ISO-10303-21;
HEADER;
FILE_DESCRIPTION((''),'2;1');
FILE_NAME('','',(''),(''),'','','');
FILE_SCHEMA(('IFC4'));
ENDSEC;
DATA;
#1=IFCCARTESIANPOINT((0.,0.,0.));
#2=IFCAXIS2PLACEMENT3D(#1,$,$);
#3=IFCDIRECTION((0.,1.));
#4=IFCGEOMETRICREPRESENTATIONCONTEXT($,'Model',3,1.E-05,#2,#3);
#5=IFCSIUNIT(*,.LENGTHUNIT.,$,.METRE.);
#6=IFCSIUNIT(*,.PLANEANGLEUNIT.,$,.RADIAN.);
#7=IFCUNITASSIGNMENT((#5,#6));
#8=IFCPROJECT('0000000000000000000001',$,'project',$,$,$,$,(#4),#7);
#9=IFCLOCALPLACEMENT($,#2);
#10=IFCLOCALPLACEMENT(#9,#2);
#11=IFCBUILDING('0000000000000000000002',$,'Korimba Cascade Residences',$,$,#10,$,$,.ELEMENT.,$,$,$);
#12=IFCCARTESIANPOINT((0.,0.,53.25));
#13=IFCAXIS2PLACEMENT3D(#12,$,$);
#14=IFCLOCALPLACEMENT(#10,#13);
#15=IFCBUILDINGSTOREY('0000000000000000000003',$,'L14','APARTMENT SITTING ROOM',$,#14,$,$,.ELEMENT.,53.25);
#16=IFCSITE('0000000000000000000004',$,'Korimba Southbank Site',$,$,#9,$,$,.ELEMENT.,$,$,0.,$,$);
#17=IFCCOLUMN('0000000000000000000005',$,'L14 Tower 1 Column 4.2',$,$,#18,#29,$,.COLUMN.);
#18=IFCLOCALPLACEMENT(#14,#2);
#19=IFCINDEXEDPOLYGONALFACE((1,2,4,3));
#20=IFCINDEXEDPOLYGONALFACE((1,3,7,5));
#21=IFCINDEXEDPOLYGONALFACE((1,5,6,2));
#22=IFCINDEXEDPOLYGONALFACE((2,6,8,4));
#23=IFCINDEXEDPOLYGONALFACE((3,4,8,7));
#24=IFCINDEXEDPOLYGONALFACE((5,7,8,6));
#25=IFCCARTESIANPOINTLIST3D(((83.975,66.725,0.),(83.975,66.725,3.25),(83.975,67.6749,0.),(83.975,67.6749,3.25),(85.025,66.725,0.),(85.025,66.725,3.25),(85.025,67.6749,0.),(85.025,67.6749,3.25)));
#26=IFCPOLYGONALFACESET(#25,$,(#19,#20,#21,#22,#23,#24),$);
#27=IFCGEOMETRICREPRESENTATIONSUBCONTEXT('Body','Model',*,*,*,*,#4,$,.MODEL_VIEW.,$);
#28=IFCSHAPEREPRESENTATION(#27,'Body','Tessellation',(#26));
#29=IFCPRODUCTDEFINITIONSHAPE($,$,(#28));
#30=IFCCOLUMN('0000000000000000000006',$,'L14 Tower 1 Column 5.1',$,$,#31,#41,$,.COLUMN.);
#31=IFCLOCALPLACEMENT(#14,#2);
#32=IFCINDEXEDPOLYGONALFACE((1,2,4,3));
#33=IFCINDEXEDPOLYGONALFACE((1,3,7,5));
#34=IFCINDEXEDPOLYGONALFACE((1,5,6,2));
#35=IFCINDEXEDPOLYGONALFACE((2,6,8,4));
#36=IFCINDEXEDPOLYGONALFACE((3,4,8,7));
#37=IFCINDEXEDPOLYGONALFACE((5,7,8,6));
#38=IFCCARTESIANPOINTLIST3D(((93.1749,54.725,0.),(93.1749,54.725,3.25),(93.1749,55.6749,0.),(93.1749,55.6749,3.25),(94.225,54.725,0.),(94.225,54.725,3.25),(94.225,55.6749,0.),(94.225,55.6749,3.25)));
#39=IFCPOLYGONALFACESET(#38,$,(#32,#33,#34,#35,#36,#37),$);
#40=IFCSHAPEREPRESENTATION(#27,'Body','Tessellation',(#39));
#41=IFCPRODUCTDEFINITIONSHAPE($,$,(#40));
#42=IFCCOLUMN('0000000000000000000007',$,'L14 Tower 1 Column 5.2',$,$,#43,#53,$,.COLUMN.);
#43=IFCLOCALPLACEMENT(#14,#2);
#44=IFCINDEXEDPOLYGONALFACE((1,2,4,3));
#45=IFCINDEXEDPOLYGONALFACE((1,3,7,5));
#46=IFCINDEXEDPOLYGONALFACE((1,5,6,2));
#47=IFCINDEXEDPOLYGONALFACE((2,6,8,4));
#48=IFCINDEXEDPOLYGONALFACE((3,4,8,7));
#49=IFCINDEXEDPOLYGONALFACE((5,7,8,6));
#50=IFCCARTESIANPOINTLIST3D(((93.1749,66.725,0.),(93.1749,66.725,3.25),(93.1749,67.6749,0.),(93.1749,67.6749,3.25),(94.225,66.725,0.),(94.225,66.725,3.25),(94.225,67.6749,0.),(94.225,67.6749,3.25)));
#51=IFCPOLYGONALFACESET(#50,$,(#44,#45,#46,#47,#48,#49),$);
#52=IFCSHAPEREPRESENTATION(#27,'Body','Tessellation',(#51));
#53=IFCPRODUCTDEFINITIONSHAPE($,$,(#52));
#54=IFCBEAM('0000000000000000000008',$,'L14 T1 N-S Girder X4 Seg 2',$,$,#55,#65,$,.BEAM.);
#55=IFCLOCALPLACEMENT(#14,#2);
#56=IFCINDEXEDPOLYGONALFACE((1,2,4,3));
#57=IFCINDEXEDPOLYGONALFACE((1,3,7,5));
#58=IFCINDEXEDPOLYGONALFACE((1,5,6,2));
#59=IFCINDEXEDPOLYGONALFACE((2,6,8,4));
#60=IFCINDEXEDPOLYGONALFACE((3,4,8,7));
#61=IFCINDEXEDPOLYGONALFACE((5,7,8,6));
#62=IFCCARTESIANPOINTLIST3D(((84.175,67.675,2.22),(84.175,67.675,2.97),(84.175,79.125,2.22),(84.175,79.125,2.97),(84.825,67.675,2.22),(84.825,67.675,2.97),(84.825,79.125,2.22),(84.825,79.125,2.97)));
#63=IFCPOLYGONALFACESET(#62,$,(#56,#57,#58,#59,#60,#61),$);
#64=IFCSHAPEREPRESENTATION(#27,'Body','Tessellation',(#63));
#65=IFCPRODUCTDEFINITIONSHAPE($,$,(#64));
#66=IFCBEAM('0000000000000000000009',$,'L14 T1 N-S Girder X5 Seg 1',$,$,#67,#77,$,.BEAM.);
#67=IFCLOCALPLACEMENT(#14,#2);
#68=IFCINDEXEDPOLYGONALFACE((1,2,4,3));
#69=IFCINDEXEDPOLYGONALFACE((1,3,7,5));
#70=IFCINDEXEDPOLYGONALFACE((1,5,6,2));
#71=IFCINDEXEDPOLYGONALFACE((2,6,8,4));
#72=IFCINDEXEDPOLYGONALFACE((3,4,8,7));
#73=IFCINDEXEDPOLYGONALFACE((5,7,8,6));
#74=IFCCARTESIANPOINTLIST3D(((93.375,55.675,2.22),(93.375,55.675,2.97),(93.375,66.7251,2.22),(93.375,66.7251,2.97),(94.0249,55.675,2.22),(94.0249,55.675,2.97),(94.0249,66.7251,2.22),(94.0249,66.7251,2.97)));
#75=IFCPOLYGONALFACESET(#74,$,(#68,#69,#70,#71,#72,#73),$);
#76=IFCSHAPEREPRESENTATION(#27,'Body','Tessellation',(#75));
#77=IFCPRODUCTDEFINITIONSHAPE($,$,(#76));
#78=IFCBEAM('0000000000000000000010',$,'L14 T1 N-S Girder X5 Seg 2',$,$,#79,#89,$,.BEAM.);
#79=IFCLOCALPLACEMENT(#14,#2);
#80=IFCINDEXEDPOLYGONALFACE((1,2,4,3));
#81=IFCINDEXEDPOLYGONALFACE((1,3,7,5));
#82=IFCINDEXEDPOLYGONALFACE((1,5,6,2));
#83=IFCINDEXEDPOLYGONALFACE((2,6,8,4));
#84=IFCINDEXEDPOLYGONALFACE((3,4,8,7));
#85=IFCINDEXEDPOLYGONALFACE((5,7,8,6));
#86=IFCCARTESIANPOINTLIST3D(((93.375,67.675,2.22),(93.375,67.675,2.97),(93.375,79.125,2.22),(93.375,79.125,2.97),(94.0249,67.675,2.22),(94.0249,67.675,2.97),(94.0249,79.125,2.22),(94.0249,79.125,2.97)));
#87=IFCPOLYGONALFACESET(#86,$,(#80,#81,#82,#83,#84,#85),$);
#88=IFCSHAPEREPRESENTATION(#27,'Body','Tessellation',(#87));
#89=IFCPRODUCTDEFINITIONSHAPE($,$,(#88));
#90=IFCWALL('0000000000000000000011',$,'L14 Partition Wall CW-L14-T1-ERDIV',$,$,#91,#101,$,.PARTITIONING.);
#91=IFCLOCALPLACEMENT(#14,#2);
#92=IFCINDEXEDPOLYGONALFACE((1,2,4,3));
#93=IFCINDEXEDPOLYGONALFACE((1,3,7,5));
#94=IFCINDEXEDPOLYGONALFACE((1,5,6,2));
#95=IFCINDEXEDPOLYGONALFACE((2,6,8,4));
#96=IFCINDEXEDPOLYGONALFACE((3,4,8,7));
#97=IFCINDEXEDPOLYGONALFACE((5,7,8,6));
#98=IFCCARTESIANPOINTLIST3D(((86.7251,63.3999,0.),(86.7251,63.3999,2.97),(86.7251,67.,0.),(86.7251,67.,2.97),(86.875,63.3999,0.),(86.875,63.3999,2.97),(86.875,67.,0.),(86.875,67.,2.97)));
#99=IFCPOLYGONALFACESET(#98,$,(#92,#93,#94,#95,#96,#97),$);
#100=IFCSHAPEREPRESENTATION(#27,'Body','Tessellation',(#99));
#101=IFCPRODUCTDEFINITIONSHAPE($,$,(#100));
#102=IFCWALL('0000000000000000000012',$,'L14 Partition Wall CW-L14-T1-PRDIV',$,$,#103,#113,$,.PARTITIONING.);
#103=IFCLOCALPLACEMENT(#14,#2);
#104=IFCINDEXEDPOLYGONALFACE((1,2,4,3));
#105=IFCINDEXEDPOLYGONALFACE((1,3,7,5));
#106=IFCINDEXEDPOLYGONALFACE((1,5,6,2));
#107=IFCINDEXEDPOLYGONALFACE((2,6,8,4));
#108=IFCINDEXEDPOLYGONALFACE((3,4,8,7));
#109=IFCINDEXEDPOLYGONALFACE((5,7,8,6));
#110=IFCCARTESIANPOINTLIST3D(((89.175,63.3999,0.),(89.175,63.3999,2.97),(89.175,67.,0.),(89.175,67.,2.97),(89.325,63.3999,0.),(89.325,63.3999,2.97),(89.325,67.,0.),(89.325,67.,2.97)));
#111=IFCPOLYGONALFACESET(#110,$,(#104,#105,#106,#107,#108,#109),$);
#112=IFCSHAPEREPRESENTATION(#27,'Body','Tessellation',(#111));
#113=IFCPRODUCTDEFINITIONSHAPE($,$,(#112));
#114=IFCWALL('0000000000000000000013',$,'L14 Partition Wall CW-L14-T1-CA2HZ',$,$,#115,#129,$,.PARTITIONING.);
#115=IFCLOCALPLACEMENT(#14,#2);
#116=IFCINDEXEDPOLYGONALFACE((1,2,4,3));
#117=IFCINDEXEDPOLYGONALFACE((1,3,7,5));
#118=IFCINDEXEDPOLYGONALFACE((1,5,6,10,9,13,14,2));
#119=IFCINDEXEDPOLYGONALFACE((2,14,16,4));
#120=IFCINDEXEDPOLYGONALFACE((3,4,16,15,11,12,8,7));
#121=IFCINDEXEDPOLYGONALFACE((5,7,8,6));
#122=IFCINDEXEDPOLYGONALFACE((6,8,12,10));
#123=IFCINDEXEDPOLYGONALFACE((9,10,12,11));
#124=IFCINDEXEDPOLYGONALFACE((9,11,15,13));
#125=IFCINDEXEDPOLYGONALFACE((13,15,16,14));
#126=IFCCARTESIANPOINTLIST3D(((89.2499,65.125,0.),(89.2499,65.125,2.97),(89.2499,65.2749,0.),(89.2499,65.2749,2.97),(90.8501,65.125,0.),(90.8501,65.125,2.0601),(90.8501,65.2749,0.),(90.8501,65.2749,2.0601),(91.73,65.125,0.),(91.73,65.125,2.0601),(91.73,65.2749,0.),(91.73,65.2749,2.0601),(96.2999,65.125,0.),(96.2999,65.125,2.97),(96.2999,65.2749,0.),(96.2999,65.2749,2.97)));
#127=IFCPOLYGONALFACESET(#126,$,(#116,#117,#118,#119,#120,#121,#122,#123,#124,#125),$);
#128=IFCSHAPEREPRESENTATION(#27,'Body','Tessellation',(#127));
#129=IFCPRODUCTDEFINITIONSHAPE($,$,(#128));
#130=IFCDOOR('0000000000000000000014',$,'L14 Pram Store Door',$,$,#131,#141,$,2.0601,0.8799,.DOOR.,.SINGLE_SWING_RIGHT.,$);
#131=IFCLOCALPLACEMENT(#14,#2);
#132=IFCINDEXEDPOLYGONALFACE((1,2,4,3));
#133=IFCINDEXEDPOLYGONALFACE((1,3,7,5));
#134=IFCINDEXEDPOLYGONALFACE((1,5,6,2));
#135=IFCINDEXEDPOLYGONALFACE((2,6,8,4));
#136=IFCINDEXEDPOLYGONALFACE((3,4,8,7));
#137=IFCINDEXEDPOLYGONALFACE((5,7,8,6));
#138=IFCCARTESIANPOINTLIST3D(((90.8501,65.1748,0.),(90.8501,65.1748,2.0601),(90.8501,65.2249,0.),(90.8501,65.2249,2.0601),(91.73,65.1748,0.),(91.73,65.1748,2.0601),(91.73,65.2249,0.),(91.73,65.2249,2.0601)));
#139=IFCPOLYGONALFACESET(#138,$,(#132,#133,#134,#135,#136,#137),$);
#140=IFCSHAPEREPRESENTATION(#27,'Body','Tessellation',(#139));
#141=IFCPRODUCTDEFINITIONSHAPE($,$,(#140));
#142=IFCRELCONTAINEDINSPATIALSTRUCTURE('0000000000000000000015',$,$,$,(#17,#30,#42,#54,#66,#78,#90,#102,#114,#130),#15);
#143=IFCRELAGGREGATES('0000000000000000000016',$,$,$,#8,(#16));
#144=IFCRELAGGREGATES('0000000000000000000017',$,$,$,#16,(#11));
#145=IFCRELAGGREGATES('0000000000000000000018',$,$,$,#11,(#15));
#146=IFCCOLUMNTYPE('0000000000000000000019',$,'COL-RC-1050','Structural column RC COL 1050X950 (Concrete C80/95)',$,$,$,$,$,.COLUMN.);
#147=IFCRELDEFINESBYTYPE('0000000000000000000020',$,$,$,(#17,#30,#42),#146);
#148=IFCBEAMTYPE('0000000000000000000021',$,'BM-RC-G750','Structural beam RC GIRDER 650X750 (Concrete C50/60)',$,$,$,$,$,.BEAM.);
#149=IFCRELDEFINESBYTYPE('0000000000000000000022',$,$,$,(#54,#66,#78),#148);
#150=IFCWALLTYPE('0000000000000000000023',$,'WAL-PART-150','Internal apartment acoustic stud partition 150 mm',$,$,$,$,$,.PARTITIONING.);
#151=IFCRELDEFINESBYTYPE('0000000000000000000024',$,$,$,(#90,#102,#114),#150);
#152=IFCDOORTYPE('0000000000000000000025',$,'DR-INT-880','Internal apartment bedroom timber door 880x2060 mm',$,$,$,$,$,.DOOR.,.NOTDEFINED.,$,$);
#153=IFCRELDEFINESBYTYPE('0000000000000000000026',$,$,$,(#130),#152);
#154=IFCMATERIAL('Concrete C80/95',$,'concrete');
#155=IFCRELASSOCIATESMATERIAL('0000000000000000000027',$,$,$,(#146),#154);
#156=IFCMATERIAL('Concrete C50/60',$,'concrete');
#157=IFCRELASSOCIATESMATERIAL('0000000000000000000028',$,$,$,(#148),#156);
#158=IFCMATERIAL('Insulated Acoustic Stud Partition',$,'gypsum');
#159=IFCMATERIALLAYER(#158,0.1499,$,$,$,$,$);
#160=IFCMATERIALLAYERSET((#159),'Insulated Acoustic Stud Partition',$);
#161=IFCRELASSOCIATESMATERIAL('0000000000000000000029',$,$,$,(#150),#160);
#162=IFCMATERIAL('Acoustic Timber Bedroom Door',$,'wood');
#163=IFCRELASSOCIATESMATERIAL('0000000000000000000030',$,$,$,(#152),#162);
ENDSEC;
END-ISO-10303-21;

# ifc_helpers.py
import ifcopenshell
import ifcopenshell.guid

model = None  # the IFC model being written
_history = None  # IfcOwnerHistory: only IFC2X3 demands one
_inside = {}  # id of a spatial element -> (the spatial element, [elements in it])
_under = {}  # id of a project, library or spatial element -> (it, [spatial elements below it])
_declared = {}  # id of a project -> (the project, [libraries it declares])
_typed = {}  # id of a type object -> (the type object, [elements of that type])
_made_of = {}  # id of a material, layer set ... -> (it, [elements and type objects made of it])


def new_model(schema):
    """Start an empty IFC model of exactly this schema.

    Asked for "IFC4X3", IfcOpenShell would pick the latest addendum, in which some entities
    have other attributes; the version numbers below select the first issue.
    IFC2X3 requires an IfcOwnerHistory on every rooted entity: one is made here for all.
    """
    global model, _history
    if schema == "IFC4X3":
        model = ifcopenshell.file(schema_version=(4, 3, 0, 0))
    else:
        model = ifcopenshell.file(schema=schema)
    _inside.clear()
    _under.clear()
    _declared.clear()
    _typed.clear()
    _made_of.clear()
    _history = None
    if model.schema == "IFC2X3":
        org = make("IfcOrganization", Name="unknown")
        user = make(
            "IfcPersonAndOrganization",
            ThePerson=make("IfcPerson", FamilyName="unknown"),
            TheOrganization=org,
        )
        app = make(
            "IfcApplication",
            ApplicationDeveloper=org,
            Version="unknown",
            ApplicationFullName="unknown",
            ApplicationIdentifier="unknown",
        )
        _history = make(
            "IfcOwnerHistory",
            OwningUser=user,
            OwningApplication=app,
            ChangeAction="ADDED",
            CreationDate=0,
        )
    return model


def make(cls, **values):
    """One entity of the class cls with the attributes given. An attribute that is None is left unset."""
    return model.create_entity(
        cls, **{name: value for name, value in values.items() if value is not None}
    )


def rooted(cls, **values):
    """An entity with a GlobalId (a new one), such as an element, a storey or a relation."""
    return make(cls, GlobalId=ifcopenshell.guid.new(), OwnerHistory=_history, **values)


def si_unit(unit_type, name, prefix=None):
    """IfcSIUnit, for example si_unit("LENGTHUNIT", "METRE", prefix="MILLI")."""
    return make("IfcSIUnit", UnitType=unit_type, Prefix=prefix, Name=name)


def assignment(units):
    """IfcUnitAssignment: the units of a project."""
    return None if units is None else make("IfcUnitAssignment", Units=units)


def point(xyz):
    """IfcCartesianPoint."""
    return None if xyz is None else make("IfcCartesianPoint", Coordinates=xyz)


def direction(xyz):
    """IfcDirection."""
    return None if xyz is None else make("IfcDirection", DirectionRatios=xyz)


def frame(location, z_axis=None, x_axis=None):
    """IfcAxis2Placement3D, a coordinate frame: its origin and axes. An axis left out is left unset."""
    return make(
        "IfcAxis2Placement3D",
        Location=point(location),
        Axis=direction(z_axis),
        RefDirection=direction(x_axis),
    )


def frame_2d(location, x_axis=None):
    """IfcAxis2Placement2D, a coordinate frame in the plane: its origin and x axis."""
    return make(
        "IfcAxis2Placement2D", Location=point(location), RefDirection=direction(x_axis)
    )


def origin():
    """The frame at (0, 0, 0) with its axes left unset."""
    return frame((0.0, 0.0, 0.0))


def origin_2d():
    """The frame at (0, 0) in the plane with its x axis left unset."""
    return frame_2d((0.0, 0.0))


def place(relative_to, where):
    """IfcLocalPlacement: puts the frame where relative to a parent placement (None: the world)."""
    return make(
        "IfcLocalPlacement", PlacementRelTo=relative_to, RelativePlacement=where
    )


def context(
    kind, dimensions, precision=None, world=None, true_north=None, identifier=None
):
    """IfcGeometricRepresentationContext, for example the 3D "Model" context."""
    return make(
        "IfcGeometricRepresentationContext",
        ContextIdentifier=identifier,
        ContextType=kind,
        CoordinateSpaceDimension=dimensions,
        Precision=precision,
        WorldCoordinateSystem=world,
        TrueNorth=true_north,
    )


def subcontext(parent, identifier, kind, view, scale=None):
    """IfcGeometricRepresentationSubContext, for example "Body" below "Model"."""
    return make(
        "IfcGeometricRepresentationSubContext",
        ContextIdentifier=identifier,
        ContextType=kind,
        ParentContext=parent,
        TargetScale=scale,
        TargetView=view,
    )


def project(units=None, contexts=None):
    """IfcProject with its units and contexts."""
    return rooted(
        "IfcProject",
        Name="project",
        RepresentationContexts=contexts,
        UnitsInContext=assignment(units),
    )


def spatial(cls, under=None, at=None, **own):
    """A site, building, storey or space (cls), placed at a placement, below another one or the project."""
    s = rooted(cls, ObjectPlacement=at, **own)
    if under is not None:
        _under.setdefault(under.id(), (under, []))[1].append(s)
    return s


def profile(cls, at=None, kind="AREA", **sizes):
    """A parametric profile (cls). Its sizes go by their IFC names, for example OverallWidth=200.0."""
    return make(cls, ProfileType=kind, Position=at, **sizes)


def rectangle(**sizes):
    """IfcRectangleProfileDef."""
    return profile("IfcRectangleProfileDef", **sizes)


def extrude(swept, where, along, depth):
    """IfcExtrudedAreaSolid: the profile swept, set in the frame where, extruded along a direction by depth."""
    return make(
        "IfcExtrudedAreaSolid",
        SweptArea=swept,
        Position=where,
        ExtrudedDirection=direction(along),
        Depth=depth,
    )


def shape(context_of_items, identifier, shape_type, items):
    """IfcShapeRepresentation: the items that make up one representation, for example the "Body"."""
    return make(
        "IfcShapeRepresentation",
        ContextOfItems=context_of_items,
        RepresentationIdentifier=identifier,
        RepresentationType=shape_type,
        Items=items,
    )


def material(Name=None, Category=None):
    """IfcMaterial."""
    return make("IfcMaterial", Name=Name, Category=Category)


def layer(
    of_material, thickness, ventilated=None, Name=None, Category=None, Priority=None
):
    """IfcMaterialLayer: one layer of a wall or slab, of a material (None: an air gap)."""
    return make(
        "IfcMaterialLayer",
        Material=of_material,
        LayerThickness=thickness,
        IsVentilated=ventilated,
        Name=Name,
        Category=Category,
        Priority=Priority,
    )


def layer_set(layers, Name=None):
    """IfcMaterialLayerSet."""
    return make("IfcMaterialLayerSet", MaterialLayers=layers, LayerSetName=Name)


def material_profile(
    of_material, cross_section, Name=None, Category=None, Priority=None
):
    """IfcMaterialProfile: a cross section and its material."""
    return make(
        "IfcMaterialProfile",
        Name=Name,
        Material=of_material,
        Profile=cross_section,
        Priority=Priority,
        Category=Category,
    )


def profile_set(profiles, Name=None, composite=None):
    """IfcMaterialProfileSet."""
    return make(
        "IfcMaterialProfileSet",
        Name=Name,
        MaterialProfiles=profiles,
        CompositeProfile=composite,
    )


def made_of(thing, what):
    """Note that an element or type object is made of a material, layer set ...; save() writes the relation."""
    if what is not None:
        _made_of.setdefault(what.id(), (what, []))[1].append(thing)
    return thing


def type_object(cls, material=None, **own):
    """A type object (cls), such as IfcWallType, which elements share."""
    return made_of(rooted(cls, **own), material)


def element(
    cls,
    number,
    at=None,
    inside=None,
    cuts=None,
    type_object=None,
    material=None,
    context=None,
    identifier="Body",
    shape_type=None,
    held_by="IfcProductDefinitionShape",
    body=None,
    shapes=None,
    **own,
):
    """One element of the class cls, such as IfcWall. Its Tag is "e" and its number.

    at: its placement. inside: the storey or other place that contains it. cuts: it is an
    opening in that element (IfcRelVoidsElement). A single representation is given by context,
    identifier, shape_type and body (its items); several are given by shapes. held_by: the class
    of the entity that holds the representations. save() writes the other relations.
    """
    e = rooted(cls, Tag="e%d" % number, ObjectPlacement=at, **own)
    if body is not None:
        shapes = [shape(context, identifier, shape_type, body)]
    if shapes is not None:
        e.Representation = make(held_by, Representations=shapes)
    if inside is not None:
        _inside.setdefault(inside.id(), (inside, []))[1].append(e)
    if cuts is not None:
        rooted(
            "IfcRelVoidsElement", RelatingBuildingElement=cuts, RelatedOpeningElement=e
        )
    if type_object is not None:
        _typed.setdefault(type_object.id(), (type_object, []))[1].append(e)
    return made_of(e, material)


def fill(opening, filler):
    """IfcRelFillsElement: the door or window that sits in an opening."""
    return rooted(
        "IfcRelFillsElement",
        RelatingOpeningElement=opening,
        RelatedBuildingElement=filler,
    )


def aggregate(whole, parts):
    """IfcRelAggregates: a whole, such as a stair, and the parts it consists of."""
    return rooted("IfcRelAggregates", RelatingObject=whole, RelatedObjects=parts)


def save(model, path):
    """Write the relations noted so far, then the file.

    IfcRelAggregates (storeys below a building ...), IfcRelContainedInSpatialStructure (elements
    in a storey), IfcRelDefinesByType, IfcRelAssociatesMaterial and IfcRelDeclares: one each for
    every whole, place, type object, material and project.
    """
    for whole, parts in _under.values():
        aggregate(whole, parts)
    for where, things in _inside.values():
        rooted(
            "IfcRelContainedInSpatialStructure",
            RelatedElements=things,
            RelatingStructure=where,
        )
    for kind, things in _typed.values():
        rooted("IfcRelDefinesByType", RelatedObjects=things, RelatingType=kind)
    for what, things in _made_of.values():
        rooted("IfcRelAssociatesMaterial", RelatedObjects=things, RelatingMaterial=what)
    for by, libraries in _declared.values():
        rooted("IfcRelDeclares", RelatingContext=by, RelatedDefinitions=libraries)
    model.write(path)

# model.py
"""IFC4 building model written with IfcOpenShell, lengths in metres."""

from ifc_helpers import new_model, si_unit, direction, frame, frame_2d, origin, origin_2d, place, context, subcontext, project, spatial, rectangle, extrude, material, layer, layer_set, material_profile, profile_set, type_object, element, fill, save


model = new_model("IFC4")

# Units and contexts
model_context = context("Model", 3, precision=1e-05, world=origin(), true_north=direction((0.0, 1.0)))
body_context = subcontext(model_context, "Body", "Model", "MODEL_VIEW")
ifc_project = project(units=[si_unit("LENGTHUNIT", "METRE"), si_unit("PLANEANGLEUNIT", "RADIAN")], contexts=[model_context])

# Site, building, storey
site_placement = place(None, origin())
site = spatial("IfcSite", under=ifc_project, at=site_placement, Name="Korimba Southbank Site", CompositionType="ELEMENT", RefElevation=0.0)
building_placement = place(site_placement, origin())
building = spatial("IfcBuilding", under=site, at=building_placement, Name="Korimba Cascade Residences", CompositionType="ELEMENT")
storey_placement = place(building_placement, frame((0.0, 0.0, 53.25)))
storey = spatial("IfcBuildingStorey", under=building, at=storey_placement, Name="L14", Description="APARTMENT SITTING ROOM", CompositionType="ELEMENT", Elevation=53.25)

# Columns
ifc_material_1 = material(Name="Concrete C80/95", Category="concrete")
ifc_material_profile_1 = material_profile(ifc_material_1, rectangle(XDim=1.05, YDim=0.95, at=origin_2d()), Name="Concrete C80/95")
ifc_profile_set_1 = profile_set([ifc_material_profile_1], Name="Concrete C80/95")
column_type = type_object("IfcColumnType", Name="COL-RC-1050", Description="Structural column RC COL 1050X950 (Concrete C80/95)", PredefinedType="COLUMN", material=ifc_profile_set_1)
for number, where, z_axis, x_axis, name in (
    (1, (84.5, 67.2, 0.0), (0.0, 0.0, 1.0), (1.0, 0.0, 0.0), "L14 Tower 1 Column 4.2"),
    (2, (93.7, 55.2, 0.0), (0.0, 0.0, 1.0), (1.0, 0.0, 0.0), "L14 Tower 1 Column 5.1"),
    (3, (93.7, 67.2, 0.0), (0.0, 0.0, 1.0), (1.0, 0.0, 0.0), "L14 Tower 1 Column 5.2"),
):
    element("IfcColumn", number, at=place(storey_placement, frame(where, z_axis=z_axis, x_axis=x_axis)), inside=storey, type_object=column_type, Name=name, PredefinedType="COLUMN", context=body_context, shape_type="SweptSolid", body=[
        extrude(rectangle(XDim=1.05, YDim=0.95, at=origin_2d()), origin(), (0.0, 0.0, 1.0), 3.25),
    ])

# Beams
ifc_material_2 = material(Name="Concrete C50/60", Category="concrete")
ifc_material_profile_2 = material_profile(ifc_material_2, rectangle(XDim=0.6499, YDim=0.75, at=origin_2d()), Name="Concrete C50/60")
ifc_profile_set_2 = profile_set([ifc_material_profile_2], Name="Concrete C50/60")
beam_type = type_object("IfcBeamType", Name="BM-RC-G750", Description="Structural beam RC GIRDER 650X750 (Concrete C50/60)", PredefinedType="BEAM", material=ifc_profile_set_2)
beam_1_placement = place(storey_placement, frame((84.5, 67.675, 2.595), z_axis=(0.0, 1.0, 0.0), x_axis=(-1.0, 0.0, 0.0)))
element("IfcBeam", 4, at=beam_1_placement, inside=storey, type_object=beam_type, Name="L14 T1 N-S Girder X4 Seg 2", PredefinedType="BEAM", context=body_context, shape_type="SweptSolid", body=[
    extrude(rectangle(XDim=0.6499, YDim=0.75, at=origin_2d()), origin(), (0.0, 0.0, 1.0), 11.45),
])
beam_2_placement = place(storey_placement, frame((93.7, 55.675, 2.595), z_axis=(0.0, 1.0, 0.0), x_axis=(-1.0, 0.0, 0.0)))
element("IfcBeam", 5, at=beam_2_placement, inside=storey, type_object=beam_type, Name="L14 T1 N-S Girder X5 Seg 1", PredefinedType="BEAM", context=body_context, shape_type="SweptSolid", body=[
    extrude(rectangle(XDim=0.6499, YDim=0.75, at=origin_2d()), origin(), (0.0, 0.0, 1.0), 11.05),
])
beam_3_placement = place(storey_placement, frame((93.7, 67.675, 2.595), z_axis=(0.0, 1.0, 0.0), x_axis=(-1.0, 0.0, 0.0)))
element("IfcBeam", 6, at=beam_3_placement, inside=storey, type_object=beam_type, Name="L14 T1 N-S Girder X5 Seg 2", PredefinedType="BEAM", context=body_context, shape_type="SweptSolid", body=[
    extrude(rectangle(XDim=0.6499, YDim=0.75, at=origin_2d()), origin(), (0.0, 0.0, 1.0), 11.45),
])

# Walls
ifc_material_3 = material(Name="Insulated Acoustic Stud Partition", Category="gypsum")
ifc_layer_1 = layer(ifc_material_3, 0.1499)
ifc_layer_set_1 = layer_set([ifc_layer_1], Name="Insulated Acoustic Stud Partition")
wall_type_1 = type_object("IfcWallType", Name="WAL-PART-150", Description="Internal apartment acoustic stud partition 150 mm", PredefinedType="PARTITIONING", material=ifc_layer_set_1)
for number, where, z_axis, x_axis, name in (
    (7, (86.8, 63.3999, 0.0), (0.0, 0.0, 1.0), (0.0, 1.0, 0.0), "L14 Partition Wall CW-L14-T1-ERDIV"),
    (8, (89.25, 63.3999, 0.0), (0.0, 0.0, 1.0), (0.0, 1.0, 0.0), "L14 Partition Wall CW-L14-T1-PRDIV"),
):
    element("IfcWall", number, at=place(storey_placement, frame(where, z_axis=z_axis, x_axis=x_axis)), inside=storey, type_object=wall_type_1, Name=name, PredefinedType="PARTITIONING", context=body_context, shape_type="SweptSolid", body=[
        extrude(rectangle(XDim=3.6001, YDim=0.1499, at=frame_2d((1.8, 0.0))), origin(), (0.0, 0.0, 1.0), 2.97),
    ])

# Wall, opening, door
wall_1_placement = place(storey_placement, frame((89.25, 65.2, 0.0), z_axis=(0.0, 0.0, 1.0), x_axis=(1.0, 0.0, 0.0)))
wall_1 = element("IfcWall", 9, at=wall_1_placement, inside=storey, type_object=wall_type_1, Name="L14 Partition Wall CW-L14-T1-CA2HZ", PredefinedType="PARTITIONING", context=body_context, shape_type="SweptSolid", body=[
    extrude(rectangle(XDim=7.05, YDim=0.1499, at=frame_2d((3.5249, 0.0))), origin(), (0.0, 0.0, 1.0), 2.97),
])
opening_1_placement = place(wall_1_placement, frame((1.6001, 0.0, 0.0)))
opening_1 = element("IfcOpeningElement", 10, at=opening_1_placement, cuts=wall_1, PredefinedType="OPENING", context=body_context, shape_type="SweptSolid", body=[
    extrude(rectangle(XDim=0.8799, YDim=2.0601, at=frame_2d((0.4399, 1.03))), frame((0.0, 0.085, 0.0), z_axis=(0.0, -1.0, 0.0), x_axis=(1.0, 0.0, 0.0)), (0.0, 0.0, 1.0), 0.1699),
])
ifc_material_4 = material(Name="Acoustic Timber Bedroom Door", Category="wood")
door_type_1 = type_object("IfcDoorType", Name="DR-INT-880", Description="Internal apartment bedroom timber door 880x2060 mm", OperationType="NOTDEFINED", PredefinedType="DOOR", material=ifc_material_4)
door_1_placement = place(opening_1_placement, origin())
door_1 = element("IfcDoor", 11, at=door_1_placement, inside=storey, type_object=door_type_1, Name="L14 Pram Store Door", OperationType="SINGLE_SWING_RIGHT", OverallHeight=2.0601, OverallWidth=0.8799, PredefinedType="DOOR", context=body_context, shape_type="SweptSolid", body=[
    extrude(rectangle(XDim=0.8799, YDim=2.0601, at=frame_2d((0.4399, 1.03))), frame((0.0, 0.0249, 0.0), z_axis=(0.0, -1.0, 0.0), x_axis=(1.0, 0.0, 0.0)), (0.0, 0.0, 1.0), 0.05),
])
fill(opening_1, door_1)

save(model, "model.ifc")
